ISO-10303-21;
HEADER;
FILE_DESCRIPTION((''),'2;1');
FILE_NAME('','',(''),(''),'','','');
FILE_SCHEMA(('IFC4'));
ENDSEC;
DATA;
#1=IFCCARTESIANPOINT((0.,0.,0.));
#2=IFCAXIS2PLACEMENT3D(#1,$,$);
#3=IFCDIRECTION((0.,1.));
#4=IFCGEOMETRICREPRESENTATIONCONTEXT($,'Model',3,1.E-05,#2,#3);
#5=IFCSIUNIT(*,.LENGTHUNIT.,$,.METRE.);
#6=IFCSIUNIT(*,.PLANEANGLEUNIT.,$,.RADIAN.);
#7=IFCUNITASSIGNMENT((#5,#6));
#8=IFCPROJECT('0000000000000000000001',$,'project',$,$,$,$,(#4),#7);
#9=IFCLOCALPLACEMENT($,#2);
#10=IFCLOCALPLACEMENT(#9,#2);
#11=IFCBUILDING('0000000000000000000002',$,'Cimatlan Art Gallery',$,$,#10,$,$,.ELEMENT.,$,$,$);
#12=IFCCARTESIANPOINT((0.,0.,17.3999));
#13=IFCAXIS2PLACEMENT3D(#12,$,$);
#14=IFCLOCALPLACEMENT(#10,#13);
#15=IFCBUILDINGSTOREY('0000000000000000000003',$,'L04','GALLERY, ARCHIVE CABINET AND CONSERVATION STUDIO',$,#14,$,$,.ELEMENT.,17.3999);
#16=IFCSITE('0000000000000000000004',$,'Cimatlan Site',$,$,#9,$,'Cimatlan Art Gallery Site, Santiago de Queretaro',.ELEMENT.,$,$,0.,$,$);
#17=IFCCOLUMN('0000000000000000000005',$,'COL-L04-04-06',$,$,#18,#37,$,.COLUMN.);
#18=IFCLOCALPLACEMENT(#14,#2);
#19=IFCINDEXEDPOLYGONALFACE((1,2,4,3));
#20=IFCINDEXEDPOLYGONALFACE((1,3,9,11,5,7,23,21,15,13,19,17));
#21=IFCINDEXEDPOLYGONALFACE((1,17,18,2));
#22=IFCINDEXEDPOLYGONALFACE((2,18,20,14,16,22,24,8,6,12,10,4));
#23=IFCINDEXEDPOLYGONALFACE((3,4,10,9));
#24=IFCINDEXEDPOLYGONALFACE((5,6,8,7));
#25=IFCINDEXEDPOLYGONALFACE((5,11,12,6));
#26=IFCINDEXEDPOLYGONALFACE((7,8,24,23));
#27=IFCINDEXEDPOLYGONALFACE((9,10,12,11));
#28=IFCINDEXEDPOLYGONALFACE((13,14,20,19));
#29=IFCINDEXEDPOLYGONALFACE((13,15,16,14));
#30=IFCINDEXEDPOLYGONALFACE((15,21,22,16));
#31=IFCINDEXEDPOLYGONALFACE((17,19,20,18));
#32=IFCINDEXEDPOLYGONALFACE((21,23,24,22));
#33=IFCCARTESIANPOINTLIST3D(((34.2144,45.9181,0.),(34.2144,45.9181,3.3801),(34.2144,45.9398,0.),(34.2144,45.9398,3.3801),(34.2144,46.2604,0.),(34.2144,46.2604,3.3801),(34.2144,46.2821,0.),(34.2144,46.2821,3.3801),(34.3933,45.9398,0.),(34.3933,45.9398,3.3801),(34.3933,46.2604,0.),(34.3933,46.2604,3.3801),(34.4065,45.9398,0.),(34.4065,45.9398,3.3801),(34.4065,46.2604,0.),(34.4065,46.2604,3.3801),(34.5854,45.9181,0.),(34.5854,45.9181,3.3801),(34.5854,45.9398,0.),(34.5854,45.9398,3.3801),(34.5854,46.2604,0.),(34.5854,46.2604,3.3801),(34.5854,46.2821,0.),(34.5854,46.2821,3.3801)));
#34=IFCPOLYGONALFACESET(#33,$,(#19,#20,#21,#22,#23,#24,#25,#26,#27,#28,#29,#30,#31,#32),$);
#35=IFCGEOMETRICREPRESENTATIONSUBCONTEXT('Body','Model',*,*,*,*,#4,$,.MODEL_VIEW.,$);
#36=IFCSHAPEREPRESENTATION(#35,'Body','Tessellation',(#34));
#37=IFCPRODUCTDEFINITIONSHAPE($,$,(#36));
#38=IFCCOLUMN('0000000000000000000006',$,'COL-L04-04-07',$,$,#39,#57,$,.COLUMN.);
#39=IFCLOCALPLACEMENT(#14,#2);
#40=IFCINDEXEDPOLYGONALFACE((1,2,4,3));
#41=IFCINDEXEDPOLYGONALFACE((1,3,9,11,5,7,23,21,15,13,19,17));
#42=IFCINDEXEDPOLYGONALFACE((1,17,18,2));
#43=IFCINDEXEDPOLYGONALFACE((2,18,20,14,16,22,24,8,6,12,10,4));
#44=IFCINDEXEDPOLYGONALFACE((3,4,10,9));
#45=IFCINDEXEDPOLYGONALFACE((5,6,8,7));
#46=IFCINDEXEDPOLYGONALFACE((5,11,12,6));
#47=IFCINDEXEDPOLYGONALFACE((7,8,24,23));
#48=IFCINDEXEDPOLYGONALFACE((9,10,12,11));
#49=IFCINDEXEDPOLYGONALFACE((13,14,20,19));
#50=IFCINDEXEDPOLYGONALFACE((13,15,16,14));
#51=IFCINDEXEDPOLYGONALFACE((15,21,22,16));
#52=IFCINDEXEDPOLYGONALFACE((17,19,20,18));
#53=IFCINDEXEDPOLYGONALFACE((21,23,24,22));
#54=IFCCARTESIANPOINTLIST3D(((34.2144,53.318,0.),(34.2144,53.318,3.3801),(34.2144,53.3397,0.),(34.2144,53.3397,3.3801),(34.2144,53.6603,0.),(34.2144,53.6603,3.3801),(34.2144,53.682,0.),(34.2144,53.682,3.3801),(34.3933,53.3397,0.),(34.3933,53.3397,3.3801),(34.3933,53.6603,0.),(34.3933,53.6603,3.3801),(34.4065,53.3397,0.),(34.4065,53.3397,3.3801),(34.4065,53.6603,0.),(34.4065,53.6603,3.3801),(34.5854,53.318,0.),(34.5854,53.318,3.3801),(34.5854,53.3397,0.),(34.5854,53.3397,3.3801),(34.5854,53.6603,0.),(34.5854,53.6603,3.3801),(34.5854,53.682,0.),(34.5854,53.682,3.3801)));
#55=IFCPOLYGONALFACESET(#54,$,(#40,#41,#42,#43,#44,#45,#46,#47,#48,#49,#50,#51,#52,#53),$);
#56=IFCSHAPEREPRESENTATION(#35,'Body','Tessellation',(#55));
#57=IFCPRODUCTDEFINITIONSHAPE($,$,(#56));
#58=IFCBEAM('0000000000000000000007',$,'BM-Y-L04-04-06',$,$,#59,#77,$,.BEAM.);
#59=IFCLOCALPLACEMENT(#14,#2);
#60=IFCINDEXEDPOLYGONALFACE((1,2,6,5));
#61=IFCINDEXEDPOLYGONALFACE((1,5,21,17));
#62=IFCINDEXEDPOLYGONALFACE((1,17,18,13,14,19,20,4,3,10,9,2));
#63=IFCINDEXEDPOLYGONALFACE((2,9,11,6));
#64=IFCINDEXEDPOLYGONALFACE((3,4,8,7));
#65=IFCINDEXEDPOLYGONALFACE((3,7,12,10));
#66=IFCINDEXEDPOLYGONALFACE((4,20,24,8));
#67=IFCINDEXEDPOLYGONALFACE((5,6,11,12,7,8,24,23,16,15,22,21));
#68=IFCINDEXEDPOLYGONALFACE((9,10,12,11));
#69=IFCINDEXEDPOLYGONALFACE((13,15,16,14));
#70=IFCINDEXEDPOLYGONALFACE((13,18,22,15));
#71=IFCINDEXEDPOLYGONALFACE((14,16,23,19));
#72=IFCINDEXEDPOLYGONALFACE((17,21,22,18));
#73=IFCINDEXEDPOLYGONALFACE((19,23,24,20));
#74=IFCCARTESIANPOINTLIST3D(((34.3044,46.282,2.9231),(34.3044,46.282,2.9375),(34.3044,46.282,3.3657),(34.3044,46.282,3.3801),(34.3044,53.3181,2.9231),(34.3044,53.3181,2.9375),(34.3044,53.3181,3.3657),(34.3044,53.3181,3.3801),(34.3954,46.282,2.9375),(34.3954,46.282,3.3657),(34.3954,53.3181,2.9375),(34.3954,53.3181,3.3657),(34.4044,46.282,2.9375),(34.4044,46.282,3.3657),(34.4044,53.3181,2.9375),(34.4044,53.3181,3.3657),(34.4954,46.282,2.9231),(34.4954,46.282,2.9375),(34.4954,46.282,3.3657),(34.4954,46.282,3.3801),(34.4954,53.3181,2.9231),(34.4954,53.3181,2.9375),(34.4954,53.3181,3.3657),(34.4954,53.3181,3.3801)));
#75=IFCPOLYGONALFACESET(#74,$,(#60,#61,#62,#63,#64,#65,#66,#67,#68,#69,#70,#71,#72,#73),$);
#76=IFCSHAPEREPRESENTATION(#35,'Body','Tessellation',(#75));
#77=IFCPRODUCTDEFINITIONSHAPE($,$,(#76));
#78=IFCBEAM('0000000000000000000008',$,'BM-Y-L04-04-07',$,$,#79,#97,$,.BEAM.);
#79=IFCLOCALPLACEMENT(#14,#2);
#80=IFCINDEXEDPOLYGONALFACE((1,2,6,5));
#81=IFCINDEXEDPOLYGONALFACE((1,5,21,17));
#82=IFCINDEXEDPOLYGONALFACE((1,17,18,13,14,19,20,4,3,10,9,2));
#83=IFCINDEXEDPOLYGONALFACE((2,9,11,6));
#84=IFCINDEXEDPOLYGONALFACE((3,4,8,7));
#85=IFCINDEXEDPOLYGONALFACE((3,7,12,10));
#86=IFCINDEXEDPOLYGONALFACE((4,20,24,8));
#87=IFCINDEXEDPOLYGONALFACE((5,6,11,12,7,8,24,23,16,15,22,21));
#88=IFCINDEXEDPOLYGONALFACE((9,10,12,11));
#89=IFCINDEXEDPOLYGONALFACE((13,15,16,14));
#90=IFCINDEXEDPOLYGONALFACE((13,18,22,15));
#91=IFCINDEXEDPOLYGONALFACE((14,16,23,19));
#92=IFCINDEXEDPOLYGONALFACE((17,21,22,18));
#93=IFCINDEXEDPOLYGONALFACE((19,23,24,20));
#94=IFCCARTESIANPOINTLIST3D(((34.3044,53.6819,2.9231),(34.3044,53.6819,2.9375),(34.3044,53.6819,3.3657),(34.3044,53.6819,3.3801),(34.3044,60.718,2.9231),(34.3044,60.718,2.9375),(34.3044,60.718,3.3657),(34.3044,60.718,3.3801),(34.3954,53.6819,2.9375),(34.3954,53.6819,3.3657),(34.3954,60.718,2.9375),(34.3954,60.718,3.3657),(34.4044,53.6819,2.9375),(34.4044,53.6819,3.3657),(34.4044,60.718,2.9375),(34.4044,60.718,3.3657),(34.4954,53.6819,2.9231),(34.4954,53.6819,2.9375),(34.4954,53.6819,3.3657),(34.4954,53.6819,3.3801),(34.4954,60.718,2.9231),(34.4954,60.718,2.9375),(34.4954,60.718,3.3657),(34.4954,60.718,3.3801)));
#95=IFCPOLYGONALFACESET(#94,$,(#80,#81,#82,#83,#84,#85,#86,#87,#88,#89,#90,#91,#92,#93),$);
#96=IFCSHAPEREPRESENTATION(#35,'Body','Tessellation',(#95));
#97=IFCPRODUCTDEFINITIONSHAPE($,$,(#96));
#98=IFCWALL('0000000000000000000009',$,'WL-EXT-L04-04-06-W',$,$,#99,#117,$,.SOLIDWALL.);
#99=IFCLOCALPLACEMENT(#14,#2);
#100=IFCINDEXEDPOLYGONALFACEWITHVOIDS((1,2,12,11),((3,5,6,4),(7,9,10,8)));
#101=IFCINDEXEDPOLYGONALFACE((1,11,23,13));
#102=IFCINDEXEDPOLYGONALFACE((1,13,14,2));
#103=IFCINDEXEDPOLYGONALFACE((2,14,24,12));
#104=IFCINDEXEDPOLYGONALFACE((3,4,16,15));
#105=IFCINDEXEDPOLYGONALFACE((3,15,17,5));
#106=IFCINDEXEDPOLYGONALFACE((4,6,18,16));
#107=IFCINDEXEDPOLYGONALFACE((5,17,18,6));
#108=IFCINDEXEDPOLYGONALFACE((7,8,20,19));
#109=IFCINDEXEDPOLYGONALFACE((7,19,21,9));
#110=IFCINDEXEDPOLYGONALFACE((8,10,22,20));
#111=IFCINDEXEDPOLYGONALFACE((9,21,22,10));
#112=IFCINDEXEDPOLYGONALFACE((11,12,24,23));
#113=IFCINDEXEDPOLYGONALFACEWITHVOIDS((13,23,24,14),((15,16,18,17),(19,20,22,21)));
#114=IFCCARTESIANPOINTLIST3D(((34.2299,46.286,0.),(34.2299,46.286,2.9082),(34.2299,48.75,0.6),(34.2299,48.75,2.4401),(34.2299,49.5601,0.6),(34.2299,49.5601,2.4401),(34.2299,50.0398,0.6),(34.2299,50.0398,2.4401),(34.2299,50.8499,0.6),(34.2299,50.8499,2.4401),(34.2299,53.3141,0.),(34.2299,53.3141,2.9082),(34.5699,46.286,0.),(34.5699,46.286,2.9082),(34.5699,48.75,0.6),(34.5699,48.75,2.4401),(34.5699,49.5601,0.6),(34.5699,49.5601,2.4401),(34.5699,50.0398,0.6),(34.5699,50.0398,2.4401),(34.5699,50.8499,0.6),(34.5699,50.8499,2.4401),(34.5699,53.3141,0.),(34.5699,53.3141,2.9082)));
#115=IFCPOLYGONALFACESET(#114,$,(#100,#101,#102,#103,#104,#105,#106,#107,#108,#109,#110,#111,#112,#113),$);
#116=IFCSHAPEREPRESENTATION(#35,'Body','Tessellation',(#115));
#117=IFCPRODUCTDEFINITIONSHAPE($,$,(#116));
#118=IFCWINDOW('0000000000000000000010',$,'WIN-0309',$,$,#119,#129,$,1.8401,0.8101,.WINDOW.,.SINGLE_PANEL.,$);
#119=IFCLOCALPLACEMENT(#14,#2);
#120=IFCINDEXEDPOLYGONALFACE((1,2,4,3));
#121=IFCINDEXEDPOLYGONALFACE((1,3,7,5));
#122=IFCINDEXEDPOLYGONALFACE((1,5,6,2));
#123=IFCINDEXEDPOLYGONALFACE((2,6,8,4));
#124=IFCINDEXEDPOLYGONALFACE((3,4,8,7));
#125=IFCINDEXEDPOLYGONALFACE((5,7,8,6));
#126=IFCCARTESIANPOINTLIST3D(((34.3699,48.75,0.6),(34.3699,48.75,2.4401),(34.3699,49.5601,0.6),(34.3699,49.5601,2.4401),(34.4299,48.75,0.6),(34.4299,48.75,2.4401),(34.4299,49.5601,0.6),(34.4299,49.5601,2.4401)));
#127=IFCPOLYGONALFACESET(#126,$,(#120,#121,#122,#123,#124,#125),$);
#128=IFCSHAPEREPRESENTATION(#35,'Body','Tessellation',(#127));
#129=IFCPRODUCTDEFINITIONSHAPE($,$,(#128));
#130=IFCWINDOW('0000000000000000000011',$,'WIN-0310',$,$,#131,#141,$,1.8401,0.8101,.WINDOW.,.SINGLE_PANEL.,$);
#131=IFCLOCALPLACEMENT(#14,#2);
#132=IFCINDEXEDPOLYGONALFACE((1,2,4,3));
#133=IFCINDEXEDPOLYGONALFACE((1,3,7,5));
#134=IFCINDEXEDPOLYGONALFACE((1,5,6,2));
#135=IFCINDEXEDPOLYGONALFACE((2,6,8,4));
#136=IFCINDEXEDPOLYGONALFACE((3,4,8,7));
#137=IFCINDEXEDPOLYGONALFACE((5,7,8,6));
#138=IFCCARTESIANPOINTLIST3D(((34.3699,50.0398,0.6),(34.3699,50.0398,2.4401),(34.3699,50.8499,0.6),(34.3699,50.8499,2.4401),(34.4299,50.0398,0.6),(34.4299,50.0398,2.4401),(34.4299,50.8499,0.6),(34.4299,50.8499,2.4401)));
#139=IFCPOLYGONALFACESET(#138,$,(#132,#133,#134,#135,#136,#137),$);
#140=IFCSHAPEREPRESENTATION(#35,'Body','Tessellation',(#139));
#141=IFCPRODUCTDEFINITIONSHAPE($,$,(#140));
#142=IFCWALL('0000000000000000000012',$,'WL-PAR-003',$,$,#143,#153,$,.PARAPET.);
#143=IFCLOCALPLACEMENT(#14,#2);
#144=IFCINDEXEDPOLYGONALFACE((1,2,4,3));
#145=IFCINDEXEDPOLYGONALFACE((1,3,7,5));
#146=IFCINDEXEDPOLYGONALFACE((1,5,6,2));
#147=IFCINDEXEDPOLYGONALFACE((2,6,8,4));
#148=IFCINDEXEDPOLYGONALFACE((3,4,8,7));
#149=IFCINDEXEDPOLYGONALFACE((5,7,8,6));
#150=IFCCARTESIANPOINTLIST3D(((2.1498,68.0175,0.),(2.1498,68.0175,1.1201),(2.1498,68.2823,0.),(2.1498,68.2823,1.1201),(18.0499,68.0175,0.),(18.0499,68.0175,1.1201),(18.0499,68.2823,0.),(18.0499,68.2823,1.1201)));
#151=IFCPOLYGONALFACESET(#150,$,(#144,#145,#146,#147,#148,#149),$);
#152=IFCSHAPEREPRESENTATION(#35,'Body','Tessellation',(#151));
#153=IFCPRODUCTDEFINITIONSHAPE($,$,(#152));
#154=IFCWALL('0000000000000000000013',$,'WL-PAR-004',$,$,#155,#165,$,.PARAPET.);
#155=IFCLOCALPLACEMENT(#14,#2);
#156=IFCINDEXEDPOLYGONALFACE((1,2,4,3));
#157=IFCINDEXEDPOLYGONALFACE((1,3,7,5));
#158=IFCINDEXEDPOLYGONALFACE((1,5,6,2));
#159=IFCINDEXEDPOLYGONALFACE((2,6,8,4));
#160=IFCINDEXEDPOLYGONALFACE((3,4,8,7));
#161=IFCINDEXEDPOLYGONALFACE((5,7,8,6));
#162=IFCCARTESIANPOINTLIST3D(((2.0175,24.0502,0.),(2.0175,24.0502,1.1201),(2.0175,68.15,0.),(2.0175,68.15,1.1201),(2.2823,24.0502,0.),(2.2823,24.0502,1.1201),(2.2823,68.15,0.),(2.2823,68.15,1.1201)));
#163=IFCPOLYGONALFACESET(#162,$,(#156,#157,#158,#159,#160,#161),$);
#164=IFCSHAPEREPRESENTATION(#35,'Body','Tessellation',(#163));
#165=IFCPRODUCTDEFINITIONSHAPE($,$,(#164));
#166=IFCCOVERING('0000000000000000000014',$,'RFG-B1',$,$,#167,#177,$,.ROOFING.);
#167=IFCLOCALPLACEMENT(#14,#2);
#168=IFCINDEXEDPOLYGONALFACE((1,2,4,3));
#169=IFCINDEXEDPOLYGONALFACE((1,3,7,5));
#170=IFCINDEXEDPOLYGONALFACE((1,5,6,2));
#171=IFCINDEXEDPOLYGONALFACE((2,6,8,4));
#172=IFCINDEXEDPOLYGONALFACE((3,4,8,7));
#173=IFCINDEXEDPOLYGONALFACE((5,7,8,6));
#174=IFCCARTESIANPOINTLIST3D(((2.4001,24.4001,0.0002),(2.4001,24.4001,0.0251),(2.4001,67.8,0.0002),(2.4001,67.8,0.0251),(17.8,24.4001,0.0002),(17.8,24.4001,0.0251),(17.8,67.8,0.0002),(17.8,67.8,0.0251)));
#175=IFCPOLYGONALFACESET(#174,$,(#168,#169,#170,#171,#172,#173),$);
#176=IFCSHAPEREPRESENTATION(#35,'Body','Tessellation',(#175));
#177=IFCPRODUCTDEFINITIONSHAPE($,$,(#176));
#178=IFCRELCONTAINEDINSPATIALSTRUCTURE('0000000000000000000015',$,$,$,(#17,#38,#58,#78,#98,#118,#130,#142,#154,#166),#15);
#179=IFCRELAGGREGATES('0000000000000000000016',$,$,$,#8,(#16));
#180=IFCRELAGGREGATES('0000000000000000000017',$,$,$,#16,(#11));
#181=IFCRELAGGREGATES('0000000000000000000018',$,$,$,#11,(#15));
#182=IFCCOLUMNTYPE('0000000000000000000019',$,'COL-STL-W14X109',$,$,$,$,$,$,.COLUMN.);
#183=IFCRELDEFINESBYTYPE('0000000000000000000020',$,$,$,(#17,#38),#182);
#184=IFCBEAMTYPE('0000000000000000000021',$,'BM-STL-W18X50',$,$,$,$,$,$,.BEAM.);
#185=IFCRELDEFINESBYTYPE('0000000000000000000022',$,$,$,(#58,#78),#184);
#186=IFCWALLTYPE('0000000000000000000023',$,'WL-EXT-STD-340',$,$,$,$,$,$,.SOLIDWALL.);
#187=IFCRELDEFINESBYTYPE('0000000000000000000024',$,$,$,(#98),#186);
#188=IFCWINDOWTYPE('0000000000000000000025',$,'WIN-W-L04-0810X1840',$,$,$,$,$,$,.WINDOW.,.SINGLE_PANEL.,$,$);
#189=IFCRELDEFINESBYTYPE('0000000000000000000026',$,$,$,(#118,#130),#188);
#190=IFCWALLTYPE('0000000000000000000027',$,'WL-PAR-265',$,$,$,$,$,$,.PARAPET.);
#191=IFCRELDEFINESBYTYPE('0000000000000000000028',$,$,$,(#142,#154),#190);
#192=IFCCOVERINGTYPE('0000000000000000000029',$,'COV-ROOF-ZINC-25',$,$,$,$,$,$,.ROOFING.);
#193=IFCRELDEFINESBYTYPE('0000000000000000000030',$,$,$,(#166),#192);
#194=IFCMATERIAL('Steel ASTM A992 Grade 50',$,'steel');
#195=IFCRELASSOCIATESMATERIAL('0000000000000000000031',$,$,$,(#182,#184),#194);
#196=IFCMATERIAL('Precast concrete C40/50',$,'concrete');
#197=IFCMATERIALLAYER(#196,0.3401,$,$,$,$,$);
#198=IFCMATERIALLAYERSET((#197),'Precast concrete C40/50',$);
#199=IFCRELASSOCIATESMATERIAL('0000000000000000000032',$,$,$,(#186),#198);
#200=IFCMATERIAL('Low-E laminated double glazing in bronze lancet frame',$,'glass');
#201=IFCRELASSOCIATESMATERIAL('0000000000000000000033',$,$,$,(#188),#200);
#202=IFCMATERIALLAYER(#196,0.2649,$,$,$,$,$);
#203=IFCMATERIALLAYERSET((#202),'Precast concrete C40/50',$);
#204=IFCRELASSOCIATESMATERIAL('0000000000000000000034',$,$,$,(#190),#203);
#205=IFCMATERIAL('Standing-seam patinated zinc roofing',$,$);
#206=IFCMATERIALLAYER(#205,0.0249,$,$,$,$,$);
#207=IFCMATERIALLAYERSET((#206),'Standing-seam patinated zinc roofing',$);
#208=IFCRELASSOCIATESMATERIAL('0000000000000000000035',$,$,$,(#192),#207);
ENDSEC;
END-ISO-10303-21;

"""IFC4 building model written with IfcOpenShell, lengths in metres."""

from ifc_helpers import new_model, si_unit, direction, frame, frame_2d, origin, origin_2d, place, context, subcontext, project, spatial, rectangle, i_section, extrude, material, layer, layer_set, material_profile, profile_set, type_object, element, fill, save


model = new_model("IFC4")

# Units and contexts
model_context = context("Model", 3, precision=1e-05, world=origin(), true_north=direction((0.0, 1.0)))
body_context = subcontext(model_context, "Body", "Model", "MODEL_VIEW")
ifc_project = project(units=[si_unit("LENGTHUNIT", "METRE"), si_unit("PLANEANGLEUNIT", "RADIAN")], contexts=[model_context])

# Site, building, storey
site_placement = place(None, origin())
site = spatial("IfcSite", under=ifc_project, at=site_placement, Name="Cimatlan Site", LongName="Cimatlan Art Gallery Site, Santiago de Queretaro", CompositionType="ELEMENT", RefElevation=0.0)
building_placement = place(site_placement, origin())
building = spatial("IfcBuilding", under=site, at=building_placement, Name="Cimatlan Art Gallery", CompositionType="ELEMENT")
storey_placement = place(building_placement, frame((0.0, 0.0, 17.3999)))
storey = spatial("IfcBuildingStorey", under=building, at=storey_placement, Name="L04", Description="GALLERY, ARCHIVE CABINET AND CONSERVATION STUDIO", CompositionType="ELEMENT", Elevation=17.3999)

# Columns
ifc_material_1 = material(Name="Steel ASTM A992 Grade 50", Category="steel")
ifc_material_profile_1 = material_profile(ifc_material_1, i_section(OverallWidth=0.3711, OverallDepth=0.364, WebThickness=0.0132, FlangeThickness=0.0217, at=origin_2d()), Name="W14X109")
ifc_profile_set_1 = profile_set([ifc_material_profile_1], Name="Steel ASTM A992 Grade 50")
column_type = type_object("IfcColumnType", Name="COL-STL-W14X109", PredefinedType="COLUMN", material=ifc_profile_set_1)
for number, where, z_axis, x_axis, name in (
    (1, (34.3999, 46.1001, 0.0), (0.0, 0.0, 1.0), (1.0, 0.0, 0.0), "COL-L04-04-06"),
    (2, (34.3999, 53.5, 0.0), (0.0, 0.0, 1.0), (1.0, 0.0, 0.0), "COL-L04-04-07"),
):
    element("IfcColumn", number, at=place(storey_placement, frame(where, z_axis=z_axis, x_axis=x_axis)), inside=storey, type_object=column_type, Name=name, PredefinedType="COLUMN", context=body_context, shape_type="SweptSolid", body=[
        extrude(i_section(OverallWidth=0.3711, OverallDepth=0.364, WebThickness=0.0132, FlangeThickness=0.0217, at=origin_2d()), origin(), (0.0, 0.0, 1.0), 3.3801),
    ])

# Beams
ifc_material_profile_2 = material_profile(ifc_material_1, i_section(OverallWidth=0.1909, OverallDepth=0.457, WebThickness=0.009, FlangeThickness=0.0144, at=origin_2d()), Name="W18X50")
ifc_profile_set_2 = profile_set([ifc_material_profile_2], Name="Steel ASTM A992 Grade 50")
beam_type = type_object("IfcBeamType", Name="BM-STL-W18X50", PredefinedType="BEAM", material=ifc_profile_set_2)
for number, where, z_axis, x_axis, name in (
    (3, (34.3999, 46.282, 3.1516), (0.0, 1.0, 0.0), (-1.0, 0.0, 0.0), "BM-Y-L04-04-06"),
    (4, (34.3999, 53.6819, 3.1516), (0.0, 1.0, 0.0), (-1.0, 0.0, 0.0), "BM-Y-L04-04-07"),
):
    element("IfcBeam", number, at=place(storey_placement, frame(where, z_axis=z_axis, x_axis=x_axis)), inside=storey, type_object=beam_type, Name=name, PredefinedType="BEAM", context=body_context, shape_type="SweptSolid", body=[
        extrude(i_section(OverallWidth=0.1909, OverallDepth=0.457, WebThickness=0.009, FlangeThickness=0.0144, at=origin_2d()), origin(), (0.0, 0.0, 1.0), 7.0361),
    ])

# Wall, openings, windows
ifc_material_2 = material(Name="Precast concrete C40/50", Category="concrete")
ifc_layer_1 = layer(ifc_material_2, 0.3401)
ifc_layer_set_1 = layer_set([ifc_layer_1], Name="Precast concrete C40/50")
wall_type_1 = type_object("IfcWallType", Name="WL-EXT-STD-340", PredefinedType="SOLIDWALL", material=ifc_layer_set_1)
wall_1_placement = place(storey_placement, frame((34.3999, 46.2859, 0.0), z_axis=(0.0, 0.0, 1.0), x_axis=(0.0, 1.0, 0.0)))
wall_1 = element("IfcWall", 5, at=wall_1_placement, inside=storey, type_object=wall_type_1, Name="WL-EXT-L04-04-06-W", PredefinedType="SOLIDWALL", context=body_context, shape_type="SweptSolid", body=[
    extrude(rectangle(XDim=7.0281, YDim=0.3401, at=frame_2d((3.5142, 0.0))), origin(), (0.0, 0.0, 1.0), 2.9082),
])
opening_1_placement = place(wall_1_placement, frame((2.4641, 0.0, 0.6001)))
opening_1 = element("IfcOpeningElement", 6, at=opening_1_placement, cuts=wall_1, PredefinedType="OPENING", context=body_context, shape_type="SweptSolid", body=[
    extrude(rectangle(XDim=0.8101, YDim=1.8401, at=frame_2d((0.405, 0.9199))), frame((0.0, 0.1802, 0.0), z_axis=(0.0, -1.0, 0.0), x_axis=(1.0, 0.0, 0.0)), (0.0, 0.0, 1.0), 0.3601),
])
opening_2_placement = place(wall_1_placement, frame((3.7539, 0.0, 0.6001)))
opening_2 = element("IfcOpeningElement", 7, at=opening_2_placement, cuts=wall_1, PredefinedType="OPENING", context=body_context, shape_type="SweptSolid", body=[
    extrude(rectangle(XDim=0.8101, YDim=1.8401, at=frame_2d((0.405, 0.9199))), frame((0.0, 0.1802, 0.0), z_axis=(0.0, -1.0, 0.0), x_axis=(1.0, 0.0, 0.0)), (0.0, 0.0, 1.0), 0.3601),
])
ifc_material_3 = material(Name="Low-E laminated double glazing in bronze lancet frame", Category="glass")
window_type = type_object("IfcWindowType", Name="WIN-W-L04-0810X1840", PartitioningType="SINGLE_PANEL", PredefinedType="WINDOW", material=ifc_material_3)
window_1_placement = place(opening_1_placement, origin())
window_1 = element("IfcWindow", 8, at=window_1_placement, inside=storey, type_object=window_type, Name="WIN-0309", OverallHeight=1.8401, OverallWidth=0.8101, PartitioningType="SINGLE_PANEL", PredefinedType="WINDOW", context=body_context, shape_type="SweptSolid", body=[
    extrude(rectangle(XDim=0.8101, YDim=1.8401, at=frame_2d((0.405, 0.9199))), frame((0.0, 0.03, 0.0), z_axis=(0.0, -1.0, 0.0), x_axis=(1.0, 0.0, 0.0)), (0.0, 0.0, 1.0), 0.0601),
])
fill(opening_1, window_1)
window_2_placement = place(opening_2_placement, origin())
window_2 = element("IfcWindow", 9, at=window_2_placement, inside=storey, type_object=window_type, Name="WIN-0310", OverallHeight=1.8401, OverallWidth=0.8101, PartitioningType="SINGLE_PANEL", PredefinedType="WINDOW", context=body_context, shape_type="SweptSolid", body=[
    extrude(rectangle(XDim=0.8101, YDim=1.8401, at=frame_2d((0.405, 0.9199))), frame((0.0, 0.03, 0.0), z_axis=(0.0, -1.0, 0.0), x_axis=(1.0, 0.0, 0.0)), (0.0, 0.0, 1.0), 0.0601),
])
fill(opening_2, window_2)

# Walls
ifc_layer_2 = layer(ifc_material_2, 0.2649)
ifc_layer_set_2 = layer_set([ifc_layer_2], Name="Precast concrete C40/50")
wall_type_2 = type_object("IfcWallType", Name="WL-PAR-265", PredefinedType="PARAPET", material=ifc_layer_set_2)
wall_2_placement = place(storey_placement, frame((18.05, 68.1499, 0.0), z_axis=(0.0, 0.0, 1.0), x_axis=(-1.0, 0.0, 0.0)))
element("IfcWall", 10, at=wall_2_placement, inside=storey, type_object=wall_type_2, Name="WL-PAR-003", PredefinedType="PARAPET", context=body_context, shape_type="SweptSolid", body=[
    extrude(rectangle(XDim=15.9001, YDim=0.2649, at=frame_2d((7.9502, 0.0))), origin(), (0.0, 0.0, 1.0), 1.1201),
])
wall_3_placement = place(storey_placement, frame((2.1499, 68.1499, 0.0), z_axis=(0.0, 0.0, 1.0), x_axis=(0.0, -1.0, 0.0)))
element("IfcWall", 11, at=wall_3_placement, inside=storey, type_object=wall_type_2, Name="WL-PAR-004", PredefinedType="PARAPET", context=body_context, shape_type="SweptSolid", body=[
    extrude(rectangle(XDim=44.0999, YDim=0.2649, at=frame_2d((22.0498, 0.0))), origin(), (0.0, 0.0, 1.0), 1.1201),
])

# Covering
ifc_material_4 = material(Name="Standing-seam patinated zinc roofing")
ifc_layer_3 = layer(ifc_material_4, 0.0249)
ifc_layer_set_3 = layer_set([ifc_layer_3], Name="Standing-seam patinated zinc roofing")
covering_type = type_object("IfcCoveringType", Name="COV-ROOF-ZINC-25", PredefinedType="ROOFING", material=ifc_layer_set_3)
covering_placement = place(storey_placement, frame((10.1001, 46.1001, 0.0002), z_axis=(0.0, 0.0, 1.0), x_axis=(1.0, 0.0, 0.0)))
element("IfcCovering", 12, at=covering_placement, inside=storey, type_object=covering_type, Name="RFG-B1", PredefinedType="ROOFING", context=body_context, shape_type="SweptSolid", body=[
    extrude(rectangle(XDim=15.3999, YDim=43.3999, at=origin_2d()), origin(), (0.0, 0.0, 1.0), 0.0249),
])

save(model, "model.ifc")
